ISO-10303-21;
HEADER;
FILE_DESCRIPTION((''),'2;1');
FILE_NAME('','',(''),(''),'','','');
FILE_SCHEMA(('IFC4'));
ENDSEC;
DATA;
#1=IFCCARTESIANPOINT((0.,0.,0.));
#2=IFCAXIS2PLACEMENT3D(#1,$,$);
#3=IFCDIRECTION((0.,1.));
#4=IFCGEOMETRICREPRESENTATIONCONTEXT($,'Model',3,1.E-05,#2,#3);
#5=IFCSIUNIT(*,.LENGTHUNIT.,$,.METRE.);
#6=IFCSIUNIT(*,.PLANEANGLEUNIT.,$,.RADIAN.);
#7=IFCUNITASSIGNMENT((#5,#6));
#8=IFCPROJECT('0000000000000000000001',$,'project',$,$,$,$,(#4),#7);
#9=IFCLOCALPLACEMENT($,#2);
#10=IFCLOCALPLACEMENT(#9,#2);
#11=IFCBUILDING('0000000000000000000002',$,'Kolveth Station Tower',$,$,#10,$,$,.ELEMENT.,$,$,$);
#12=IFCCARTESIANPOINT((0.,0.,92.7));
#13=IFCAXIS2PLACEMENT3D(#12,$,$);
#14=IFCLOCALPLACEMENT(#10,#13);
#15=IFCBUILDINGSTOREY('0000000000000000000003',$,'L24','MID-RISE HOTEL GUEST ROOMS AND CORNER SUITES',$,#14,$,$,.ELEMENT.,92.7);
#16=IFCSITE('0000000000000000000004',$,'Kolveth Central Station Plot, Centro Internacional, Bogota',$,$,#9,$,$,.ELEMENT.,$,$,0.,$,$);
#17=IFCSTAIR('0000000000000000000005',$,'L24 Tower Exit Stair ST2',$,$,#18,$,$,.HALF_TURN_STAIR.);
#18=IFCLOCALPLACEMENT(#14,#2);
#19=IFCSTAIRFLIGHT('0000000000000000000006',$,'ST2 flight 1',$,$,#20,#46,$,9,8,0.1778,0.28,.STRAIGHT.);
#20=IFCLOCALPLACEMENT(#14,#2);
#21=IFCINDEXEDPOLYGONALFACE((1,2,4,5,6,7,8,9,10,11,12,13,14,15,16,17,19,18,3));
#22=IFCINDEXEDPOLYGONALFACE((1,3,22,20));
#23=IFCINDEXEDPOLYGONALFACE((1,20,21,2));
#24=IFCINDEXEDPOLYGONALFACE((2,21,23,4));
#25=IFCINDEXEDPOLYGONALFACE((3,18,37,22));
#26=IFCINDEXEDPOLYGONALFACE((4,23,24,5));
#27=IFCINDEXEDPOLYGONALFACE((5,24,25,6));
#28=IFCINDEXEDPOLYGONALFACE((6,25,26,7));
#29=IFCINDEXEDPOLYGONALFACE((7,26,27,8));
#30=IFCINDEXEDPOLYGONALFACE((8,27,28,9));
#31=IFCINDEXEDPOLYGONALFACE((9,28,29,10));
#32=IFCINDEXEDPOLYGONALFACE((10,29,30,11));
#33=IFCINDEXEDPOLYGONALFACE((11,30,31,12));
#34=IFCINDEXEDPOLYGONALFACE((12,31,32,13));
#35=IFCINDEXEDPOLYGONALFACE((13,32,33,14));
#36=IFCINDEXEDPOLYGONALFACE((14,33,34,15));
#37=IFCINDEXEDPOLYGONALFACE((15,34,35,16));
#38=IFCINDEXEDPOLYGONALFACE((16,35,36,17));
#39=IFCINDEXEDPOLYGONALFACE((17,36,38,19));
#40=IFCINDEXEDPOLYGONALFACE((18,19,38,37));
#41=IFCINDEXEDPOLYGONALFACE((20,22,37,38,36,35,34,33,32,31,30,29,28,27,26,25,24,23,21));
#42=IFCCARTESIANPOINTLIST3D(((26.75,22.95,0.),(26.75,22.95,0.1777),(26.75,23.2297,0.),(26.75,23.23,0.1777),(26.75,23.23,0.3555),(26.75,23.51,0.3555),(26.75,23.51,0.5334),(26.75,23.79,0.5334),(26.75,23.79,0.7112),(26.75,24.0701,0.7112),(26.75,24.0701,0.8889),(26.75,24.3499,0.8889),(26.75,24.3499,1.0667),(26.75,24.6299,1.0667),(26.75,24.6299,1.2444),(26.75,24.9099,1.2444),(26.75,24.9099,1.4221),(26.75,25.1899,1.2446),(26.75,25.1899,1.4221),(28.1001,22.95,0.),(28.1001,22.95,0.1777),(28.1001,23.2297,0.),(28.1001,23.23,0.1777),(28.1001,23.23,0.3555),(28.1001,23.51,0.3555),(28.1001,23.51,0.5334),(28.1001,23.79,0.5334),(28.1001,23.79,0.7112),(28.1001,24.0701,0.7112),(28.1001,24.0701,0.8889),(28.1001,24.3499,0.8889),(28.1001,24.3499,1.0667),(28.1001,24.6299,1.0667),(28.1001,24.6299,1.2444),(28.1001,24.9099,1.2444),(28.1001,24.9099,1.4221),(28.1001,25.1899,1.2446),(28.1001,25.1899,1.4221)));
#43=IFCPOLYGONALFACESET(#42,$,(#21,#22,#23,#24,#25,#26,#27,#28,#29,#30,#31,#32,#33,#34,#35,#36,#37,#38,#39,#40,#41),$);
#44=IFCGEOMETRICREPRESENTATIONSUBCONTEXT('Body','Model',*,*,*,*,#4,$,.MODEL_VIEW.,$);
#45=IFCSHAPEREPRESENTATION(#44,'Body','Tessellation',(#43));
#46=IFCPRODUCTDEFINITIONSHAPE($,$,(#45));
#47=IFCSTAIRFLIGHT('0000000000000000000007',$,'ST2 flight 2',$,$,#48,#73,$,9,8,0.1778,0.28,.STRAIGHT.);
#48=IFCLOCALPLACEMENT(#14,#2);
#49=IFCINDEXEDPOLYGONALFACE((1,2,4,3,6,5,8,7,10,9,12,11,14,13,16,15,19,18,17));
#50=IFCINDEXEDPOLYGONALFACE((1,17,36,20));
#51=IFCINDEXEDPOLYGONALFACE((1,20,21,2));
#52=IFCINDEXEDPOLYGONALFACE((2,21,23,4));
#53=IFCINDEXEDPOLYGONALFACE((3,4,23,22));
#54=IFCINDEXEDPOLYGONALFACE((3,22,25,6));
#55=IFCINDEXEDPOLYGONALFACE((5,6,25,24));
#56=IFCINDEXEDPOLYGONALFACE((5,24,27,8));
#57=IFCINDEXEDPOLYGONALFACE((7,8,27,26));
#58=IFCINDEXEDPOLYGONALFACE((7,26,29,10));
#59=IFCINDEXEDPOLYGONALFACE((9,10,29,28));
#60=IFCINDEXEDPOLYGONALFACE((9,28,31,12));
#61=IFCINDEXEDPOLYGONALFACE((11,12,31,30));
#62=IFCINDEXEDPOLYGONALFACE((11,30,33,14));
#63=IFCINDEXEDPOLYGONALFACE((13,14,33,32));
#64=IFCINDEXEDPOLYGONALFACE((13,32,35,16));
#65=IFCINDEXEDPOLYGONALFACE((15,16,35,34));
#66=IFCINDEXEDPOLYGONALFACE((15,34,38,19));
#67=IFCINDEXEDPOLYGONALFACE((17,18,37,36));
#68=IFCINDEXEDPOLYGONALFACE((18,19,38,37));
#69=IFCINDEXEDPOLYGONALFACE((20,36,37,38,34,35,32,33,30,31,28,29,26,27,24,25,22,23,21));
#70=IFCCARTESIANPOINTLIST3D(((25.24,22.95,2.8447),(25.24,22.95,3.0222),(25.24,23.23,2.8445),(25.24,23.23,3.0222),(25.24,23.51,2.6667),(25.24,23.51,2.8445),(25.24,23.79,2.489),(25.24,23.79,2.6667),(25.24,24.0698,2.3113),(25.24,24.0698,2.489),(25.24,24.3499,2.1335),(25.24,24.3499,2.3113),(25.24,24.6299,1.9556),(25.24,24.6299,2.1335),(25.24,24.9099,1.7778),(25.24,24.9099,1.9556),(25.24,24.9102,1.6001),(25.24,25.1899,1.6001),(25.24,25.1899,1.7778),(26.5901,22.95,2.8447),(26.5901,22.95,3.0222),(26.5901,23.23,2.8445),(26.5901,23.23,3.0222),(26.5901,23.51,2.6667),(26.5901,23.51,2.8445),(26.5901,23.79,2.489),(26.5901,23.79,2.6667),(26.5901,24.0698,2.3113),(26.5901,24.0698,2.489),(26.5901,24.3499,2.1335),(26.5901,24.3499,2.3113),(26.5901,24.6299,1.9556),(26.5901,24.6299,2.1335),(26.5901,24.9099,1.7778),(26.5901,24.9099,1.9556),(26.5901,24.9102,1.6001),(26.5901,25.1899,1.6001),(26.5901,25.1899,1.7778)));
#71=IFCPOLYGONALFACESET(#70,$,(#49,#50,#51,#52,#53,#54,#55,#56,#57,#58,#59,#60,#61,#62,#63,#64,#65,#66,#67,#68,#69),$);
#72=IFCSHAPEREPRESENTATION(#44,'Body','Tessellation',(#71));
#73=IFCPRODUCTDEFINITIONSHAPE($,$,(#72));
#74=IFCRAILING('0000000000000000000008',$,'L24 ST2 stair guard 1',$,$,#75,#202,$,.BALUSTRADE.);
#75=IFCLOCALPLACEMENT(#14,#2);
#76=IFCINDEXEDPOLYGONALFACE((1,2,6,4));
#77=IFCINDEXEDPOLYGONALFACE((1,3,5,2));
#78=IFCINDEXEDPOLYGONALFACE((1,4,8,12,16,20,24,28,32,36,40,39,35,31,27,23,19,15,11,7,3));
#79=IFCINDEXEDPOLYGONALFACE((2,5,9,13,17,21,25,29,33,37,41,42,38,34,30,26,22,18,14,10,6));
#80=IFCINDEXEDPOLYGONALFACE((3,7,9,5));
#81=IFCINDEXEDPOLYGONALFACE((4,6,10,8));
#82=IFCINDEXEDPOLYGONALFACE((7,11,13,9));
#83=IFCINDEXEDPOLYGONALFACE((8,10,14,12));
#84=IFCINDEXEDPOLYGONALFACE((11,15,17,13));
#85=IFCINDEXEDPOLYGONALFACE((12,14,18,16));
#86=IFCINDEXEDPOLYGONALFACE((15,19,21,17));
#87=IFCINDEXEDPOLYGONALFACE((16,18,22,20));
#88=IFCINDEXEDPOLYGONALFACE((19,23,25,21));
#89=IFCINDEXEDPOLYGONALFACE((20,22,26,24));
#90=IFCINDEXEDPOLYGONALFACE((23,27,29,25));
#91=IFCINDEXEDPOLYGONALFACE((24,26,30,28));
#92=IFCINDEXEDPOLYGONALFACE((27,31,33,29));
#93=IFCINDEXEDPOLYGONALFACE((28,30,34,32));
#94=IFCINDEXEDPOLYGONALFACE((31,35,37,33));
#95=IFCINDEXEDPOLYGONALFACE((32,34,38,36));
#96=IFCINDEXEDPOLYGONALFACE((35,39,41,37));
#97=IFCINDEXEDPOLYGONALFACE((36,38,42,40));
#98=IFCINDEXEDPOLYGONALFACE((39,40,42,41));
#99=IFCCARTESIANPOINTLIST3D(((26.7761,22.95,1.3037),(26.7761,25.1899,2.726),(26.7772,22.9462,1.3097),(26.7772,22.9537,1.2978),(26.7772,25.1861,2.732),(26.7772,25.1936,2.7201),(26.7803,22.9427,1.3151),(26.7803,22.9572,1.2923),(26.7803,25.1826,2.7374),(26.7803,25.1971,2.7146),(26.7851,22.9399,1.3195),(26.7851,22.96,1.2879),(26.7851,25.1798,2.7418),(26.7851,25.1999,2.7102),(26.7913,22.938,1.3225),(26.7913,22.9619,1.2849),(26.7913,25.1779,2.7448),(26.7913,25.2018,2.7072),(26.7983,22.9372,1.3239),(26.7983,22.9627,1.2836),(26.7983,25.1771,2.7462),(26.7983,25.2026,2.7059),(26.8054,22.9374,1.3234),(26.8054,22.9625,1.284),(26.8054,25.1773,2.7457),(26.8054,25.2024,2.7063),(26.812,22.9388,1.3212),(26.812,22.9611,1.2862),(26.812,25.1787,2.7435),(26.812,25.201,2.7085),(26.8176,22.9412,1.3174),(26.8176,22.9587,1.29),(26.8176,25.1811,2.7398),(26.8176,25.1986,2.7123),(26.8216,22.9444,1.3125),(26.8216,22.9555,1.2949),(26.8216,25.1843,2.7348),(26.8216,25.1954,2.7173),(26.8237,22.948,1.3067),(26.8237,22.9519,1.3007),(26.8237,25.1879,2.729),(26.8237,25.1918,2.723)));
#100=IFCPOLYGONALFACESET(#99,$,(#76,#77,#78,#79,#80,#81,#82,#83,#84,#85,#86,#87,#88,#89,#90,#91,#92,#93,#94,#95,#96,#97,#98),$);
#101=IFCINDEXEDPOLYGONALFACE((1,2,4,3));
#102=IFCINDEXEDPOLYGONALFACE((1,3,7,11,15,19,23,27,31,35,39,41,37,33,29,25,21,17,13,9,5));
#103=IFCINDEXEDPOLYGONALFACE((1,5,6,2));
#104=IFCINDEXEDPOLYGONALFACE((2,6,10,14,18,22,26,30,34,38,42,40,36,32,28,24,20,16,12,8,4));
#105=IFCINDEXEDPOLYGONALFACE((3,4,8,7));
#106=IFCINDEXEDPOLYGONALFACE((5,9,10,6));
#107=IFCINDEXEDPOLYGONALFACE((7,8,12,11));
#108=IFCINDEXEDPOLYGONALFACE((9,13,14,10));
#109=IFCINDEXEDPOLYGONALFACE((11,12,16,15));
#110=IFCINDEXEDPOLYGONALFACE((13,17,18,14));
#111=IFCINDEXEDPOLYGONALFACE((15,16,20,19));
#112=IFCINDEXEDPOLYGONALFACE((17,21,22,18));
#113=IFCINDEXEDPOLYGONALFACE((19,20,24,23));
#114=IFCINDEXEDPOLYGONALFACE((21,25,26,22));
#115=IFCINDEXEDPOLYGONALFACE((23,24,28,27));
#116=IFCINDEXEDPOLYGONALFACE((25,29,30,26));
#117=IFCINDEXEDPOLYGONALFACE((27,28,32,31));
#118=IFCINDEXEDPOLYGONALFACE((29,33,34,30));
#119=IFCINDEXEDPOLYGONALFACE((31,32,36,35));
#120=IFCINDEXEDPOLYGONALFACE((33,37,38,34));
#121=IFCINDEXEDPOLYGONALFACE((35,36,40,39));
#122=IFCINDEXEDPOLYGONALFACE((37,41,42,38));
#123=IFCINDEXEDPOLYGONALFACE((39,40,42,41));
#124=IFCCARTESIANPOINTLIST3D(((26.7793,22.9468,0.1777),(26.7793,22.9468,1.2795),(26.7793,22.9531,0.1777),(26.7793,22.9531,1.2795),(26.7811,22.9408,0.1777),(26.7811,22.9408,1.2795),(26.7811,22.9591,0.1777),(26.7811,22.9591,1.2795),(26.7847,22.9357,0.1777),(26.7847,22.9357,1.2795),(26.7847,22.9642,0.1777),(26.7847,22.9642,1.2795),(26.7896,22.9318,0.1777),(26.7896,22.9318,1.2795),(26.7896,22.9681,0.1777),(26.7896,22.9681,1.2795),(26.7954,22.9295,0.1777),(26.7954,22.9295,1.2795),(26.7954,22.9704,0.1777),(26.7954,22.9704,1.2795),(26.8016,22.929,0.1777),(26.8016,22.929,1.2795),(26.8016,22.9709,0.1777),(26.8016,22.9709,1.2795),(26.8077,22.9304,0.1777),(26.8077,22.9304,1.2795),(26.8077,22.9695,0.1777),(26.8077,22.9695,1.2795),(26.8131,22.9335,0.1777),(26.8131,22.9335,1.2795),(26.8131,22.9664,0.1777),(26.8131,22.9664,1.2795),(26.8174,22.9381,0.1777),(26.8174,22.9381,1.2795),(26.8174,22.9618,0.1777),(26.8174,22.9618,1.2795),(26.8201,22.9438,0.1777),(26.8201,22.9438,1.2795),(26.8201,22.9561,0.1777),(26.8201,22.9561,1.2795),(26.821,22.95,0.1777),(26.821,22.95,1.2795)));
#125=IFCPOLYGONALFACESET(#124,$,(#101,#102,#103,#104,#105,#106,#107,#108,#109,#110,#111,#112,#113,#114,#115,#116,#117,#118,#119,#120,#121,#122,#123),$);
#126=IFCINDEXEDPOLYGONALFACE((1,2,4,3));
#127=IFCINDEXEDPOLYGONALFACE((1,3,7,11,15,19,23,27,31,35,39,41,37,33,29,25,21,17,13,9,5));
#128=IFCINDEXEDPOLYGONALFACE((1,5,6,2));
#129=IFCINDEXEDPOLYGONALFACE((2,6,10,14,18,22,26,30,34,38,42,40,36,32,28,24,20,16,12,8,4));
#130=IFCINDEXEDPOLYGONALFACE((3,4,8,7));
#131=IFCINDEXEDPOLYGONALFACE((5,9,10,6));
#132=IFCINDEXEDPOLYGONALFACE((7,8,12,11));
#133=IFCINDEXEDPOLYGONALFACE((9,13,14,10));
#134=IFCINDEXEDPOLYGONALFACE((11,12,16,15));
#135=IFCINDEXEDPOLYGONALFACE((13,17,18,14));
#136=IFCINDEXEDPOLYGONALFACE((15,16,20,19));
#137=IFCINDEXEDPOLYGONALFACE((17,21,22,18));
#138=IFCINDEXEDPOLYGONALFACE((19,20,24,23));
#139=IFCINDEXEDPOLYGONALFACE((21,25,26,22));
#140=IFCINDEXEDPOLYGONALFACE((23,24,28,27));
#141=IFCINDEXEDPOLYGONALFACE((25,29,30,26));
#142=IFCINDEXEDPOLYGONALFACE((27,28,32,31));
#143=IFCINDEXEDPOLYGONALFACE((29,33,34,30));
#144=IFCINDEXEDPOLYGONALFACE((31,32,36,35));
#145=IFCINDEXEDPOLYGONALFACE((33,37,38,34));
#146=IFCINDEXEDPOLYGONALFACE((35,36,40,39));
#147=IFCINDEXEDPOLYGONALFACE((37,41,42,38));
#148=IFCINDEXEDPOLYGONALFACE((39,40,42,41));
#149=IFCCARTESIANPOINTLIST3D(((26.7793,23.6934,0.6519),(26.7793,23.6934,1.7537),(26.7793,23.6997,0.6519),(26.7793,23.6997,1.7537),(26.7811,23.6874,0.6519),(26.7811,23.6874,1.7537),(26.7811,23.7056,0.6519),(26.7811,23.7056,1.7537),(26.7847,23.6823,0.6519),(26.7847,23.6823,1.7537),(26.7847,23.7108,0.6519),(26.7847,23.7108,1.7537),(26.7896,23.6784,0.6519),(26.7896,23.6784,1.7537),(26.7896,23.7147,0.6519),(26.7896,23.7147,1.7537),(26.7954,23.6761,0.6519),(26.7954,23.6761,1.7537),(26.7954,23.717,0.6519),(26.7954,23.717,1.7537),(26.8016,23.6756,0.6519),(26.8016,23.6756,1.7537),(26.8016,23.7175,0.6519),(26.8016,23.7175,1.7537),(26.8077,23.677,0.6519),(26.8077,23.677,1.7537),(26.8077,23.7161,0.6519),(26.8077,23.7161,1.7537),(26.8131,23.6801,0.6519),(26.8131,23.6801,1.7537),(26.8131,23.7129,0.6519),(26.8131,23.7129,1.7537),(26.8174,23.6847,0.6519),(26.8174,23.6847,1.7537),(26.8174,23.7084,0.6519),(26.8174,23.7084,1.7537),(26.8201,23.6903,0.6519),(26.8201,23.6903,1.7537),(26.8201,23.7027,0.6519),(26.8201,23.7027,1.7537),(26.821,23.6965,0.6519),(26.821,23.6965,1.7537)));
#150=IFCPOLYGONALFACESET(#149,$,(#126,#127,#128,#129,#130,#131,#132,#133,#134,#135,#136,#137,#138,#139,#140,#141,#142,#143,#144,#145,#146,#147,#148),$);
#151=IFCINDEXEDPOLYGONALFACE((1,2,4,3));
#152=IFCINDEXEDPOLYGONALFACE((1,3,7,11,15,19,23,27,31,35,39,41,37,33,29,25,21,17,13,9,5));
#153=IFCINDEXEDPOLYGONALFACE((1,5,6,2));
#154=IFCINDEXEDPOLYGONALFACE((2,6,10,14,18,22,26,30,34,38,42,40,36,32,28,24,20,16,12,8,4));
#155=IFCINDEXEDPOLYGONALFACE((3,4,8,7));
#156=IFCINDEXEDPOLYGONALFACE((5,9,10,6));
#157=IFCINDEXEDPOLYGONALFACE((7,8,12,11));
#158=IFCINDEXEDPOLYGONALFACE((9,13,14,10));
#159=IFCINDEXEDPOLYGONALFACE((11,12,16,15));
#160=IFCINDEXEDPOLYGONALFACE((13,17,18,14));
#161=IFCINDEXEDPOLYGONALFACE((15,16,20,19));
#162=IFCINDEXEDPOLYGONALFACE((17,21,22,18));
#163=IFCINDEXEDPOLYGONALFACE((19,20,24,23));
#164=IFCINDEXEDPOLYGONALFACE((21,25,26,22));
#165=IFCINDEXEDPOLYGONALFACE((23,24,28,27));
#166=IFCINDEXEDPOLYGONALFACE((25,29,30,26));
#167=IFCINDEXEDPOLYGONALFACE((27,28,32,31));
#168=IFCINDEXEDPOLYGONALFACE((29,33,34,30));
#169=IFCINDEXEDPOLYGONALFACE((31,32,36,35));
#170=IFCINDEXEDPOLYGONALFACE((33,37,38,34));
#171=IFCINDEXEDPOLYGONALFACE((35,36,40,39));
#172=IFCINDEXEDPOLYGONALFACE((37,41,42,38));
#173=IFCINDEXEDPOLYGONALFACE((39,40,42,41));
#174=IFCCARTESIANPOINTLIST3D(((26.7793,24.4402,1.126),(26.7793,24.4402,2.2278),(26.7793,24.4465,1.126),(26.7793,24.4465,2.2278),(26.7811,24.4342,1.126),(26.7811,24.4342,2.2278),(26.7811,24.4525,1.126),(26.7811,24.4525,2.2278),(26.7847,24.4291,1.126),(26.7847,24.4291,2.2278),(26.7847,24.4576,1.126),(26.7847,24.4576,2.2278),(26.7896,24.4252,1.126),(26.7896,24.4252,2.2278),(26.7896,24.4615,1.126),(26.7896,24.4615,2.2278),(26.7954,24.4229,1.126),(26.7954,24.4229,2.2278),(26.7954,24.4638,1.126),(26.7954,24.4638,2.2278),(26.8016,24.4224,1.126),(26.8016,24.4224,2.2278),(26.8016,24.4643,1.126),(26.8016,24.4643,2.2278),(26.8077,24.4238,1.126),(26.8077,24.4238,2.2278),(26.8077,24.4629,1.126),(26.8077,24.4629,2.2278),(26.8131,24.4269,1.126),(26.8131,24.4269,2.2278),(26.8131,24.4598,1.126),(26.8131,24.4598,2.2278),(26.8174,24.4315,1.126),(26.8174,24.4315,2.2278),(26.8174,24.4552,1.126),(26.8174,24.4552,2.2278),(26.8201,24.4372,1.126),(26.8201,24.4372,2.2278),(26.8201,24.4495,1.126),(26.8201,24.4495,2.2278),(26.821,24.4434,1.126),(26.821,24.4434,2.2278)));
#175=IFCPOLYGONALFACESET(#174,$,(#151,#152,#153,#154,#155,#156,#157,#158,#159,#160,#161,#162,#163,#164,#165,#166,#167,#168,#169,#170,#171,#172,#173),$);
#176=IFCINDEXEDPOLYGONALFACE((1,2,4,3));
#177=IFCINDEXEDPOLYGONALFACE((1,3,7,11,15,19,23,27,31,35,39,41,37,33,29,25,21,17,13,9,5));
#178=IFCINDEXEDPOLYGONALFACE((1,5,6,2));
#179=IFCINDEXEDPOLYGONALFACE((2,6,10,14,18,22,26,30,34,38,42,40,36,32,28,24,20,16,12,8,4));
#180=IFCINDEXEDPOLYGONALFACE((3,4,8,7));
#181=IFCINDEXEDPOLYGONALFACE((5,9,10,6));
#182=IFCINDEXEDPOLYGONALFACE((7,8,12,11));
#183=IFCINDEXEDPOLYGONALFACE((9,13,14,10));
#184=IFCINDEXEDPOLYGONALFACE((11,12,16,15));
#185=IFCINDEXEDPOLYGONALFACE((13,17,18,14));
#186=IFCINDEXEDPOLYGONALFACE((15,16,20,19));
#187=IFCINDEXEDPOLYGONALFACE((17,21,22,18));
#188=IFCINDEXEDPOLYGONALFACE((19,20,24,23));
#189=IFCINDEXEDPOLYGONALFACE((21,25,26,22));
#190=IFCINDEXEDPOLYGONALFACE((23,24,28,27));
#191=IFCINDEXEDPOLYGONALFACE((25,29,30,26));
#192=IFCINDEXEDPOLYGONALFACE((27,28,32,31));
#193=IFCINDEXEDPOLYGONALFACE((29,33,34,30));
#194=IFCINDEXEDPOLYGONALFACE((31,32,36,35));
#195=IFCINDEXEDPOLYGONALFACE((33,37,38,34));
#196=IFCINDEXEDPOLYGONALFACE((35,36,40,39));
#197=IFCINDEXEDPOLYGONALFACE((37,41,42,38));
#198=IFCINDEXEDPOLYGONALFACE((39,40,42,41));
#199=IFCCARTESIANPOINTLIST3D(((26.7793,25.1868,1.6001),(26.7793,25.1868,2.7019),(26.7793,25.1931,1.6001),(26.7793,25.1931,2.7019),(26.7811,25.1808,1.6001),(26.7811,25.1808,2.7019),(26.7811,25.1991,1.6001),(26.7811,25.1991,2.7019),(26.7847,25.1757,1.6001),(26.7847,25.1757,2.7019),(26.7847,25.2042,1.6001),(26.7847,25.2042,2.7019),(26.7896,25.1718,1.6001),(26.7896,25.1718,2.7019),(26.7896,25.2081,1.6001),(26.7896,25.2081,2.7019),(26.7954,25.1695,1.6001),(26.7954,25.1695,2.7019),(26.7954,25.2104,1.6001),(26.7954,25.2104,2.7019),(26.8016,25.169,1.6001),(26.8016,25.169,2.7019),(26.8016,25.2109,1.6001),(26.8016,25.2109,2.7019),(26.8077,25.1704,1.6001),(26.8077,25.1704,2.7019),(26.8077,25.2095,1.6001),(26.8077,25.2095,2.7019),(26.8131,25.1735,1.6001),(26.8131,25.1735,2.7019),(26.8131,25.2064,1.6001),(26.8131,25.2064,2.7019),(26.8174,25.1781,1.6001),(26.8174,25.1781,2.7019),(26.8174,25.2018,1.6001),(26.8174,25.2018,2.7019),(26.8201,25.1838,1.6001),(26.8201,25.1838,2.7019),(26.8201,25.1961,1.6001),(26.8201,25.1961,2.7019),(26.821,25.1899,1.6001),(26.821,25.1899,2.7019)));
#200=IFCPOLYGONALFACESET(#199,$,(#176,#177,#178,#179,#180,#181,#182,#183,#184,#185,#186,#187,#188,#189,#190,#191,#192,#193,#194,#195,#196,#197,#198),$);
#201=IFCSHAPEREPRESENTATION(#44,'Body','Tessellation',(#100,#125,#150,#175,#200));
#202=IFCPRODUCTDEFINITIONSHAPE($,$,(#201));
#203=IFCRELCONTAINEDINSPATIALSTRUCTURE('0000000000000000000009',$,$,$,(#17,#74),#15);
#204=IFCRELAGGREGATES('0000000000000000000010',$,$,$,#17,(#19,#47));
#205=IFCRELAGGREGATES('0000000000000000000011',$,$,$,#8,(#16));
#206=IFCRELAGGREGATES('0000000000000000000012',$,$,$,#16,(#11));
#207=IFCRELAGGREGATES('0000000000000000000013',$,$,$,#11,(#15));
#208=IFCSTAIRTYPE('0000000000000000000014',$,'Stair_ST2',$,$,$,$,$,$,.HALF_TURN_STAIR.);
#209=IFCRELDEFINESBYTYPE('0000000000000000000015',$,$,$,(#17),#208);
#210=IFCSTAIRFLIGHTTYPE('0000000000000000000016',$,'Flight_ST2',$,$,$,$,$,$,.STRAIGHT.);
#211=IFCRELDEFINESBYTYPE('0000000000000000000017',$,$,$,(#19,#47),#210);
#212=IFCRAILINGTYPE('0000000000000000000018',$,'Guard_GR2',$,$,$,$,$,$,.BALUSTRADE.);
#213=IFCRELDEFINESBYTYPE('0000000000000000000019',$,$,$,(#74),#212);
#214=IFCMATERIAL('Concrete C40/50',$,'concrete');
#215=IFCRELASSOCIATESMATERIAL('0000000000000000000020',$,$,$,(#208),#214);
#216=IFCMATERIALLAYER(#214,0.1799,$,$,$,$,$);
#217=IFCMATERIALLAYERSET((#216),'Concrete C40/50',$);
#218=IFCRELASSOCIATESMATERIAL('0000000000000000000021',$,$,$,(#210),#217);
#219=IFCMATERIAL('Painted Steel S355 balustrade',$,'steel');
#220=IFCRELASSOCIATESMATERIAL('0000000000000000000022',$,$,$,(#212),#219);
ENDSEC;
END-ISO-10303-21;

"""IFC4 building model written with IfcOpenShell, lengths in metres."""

from ifc_helpers import new_model, si_unit, direction, frame, origin, origin_2d, place, context, subcontext, project, spatial, polyline, circle, outline, extrude, material, layer, layer_set, type_object, element, aggregate, save


model = new_model("IFC4")

# Units and contexts
model_context = context("Model", 3, precision=1e-05, world=origin(), true_north=direction((0.0, 1.0)))
body_context = subcontext(model_context, "Body", "Model", "MODEL_VIEW")
ifc_project = project(units=[si_unit("LENGTHUNIT", "METRE"), si_unit("PLANEANGLEUNIT", "RADIAN")], contexts=[model_context])

# Site, building, storey
site_placement = place(None, origin())
site = spatial("IfcSite", under=ifc_project, at=site_placement, Name="Kolveth Central Station Plot, Centro Internacional, Bogota", CompositionType="ELEMENT", RefElevation=0.0)
building_placement = place(site_placement, origin())
building = spatial("IfcBuilding", under=site, at=building_placement, Name="Kolveth Station Tower", CompositionType="ELEMENT")
storey_placement = place(building_placement, frame((0.0, 0.0, 92.7)))
storey = spatial("IfcBuildingStorey", under=building, at=storey_placement, Name="L24", Description="MID-RISE HOTEL GUEST ROOMS AND CORNER SUITES", CompositionType="ELEMENT", Elevation=92.7)

# Shared definitions
ifc_material_1 = material(Name="Concrete C40/50", Category="concrete")

# Stair, stair flights
stair_type = type_object("IfcStairType", Name="Stair_ST2", PredefinedType="HALF_TURN_STAIR", material=ifc_material_1)
stair_placement = place(storey_placement, origin())
stair = element("IfcStair", 1, at=stair_placement, inside=storey, type_object=stair_type, Name="L24 Tower Exit Stair ST2", PredefinedType="HALF_TURN_STAIR")
ifc_layer_1 = layer(ifc_material_1, 0.1799)
ifc_layer_set_1 = layer_set([ifc_layer_1], Name="Concrete C40/50")
stair_flight_type = type_object("IfcStairFlightType", Name="Flight_ST2", PredefinedType="STRAIGHT", material=ifc_layer_set_1)
stair_flight_1_placement = place(storey_placement, frame((27.425, 22.95, 0.0), z_axis=(0.0, 0.0, 1.0), x_axis=(0.0, 1.0, 0.0)))
stair_flight_1 = element("IfcStairFlight", 2, at=stair_flight_1_placement, type_object=stair_flight_type, Name="ST2 flight 1", NumberOfRisers=9, NumberOfTreads=8, PredefinedType="STRAIGHT", RiserHeight=0.1778, TreadLength=0.28, context=body_context, shape_type="SweptSolid", body=[
    extrude(outline(polyline([(0.0, 0.0), (0.0, 0.1777), (0.28, 0.1777), (0.28, 0.3555), (0.5601, 0.3555), (0.5601, 0.5334), (0.8401, 0.5334), (0.8401, 0.7112), (1.1201, 0.7112), (1.1201, 0.8889), (1.3999, 0.8889), (1.3999, 1.0667), (1.6799, 1.0667), (1.6799, 1.2444), (1.96, 1.2444), (1.96, 1.4221), (2.24, 1.4221), (2.24, 1.6001), (2.24, 1.2446), (0.2798, 0.0), (0.0, 0.0)])), frame((0.0, 0.675, 0.0), z_axis=(0.0, -1.0, 0.0), x_axis=(1.0, 0.0, 0.0)), (0.0, 0.0, 1.0), 1.3501),
])
stair_flight_2_placement = place(storey_placement, frame((25.915, 25.1899, 1.6001), z_axis=(0.0, 0.0, 1.0), x_axis=(0.0, -1.0, 0.0)))
stair_flight_2 = element("IfcStairFlight", 3, at=stair_flight_2_placement, type_object=stair_flight_type, Name="ST2 flight 2", NumberOfRisers=9, NumberOfTreads=8, PredefinedType="STRAIGHT", RiserHeight=0.1778, TreadLength=0.28, context=body_context, shape_type="SweptSolid", body=[
    extrude(outline(polyline([(0.0, 0.0), (0.0, 0.1777), (0.28, 0.1777), (0.28, 0.3555), (0.5601, 0.3555), (0.5601, 0.5334), (0.8401, 0.5334), (0.8401, 0.7112), (1.1201, 0.7112), (1.1201, 0.8889), (1.3999, 0.8889), (1.3999, 1.0667), (1.6799, 1.0667), (1.6799, 1.2444), (1.96, 1.2444), (1.96, 1.4221), (2.24, 1.4221), (2.24, 1.6001), (2.24, 1.2446), (0.2798, 0.0), (0.0, 0.0)])), frame((0.0, 0.675, 0.0), z_axis=(0.0, -1.0, 0.0), x_axis=(1.0, 0.0, 0.0)), (0.0, 0.0, 1.0), 1.3501),
])
aggregate(stair, [stair_flight_1, stair_flight_2])

# Railing
ifc_material_2 = material(Name="Painted Steel S355 balustrade", Category="steel")
railing_type_1 = type_object("IfcRailingType", Name="Guard_GR2", PredefinedType="BALUSTRADE", material=ifc_material_2)
railing_1_placement = place(storey_placement, frame((26.8, 22.95, 0.1777)))
element("IfcRailing", 4, at=railing_1_placement, inside=storey, type_object=railing_type_1, Name="L24 ST2 stair guard 1", PredefinedType="BALUSTRADE", context=body_context, shape_type="SweptSolid", body=[
    extrude(circle(Radius=0.0239, at=origin_2d()), frame((0.0, 0.0, 1.126), z_axis=(0.0, 0.844188, 0.536048), x_axis=(-1.0, 0.0, 0.0)), (0.0, 0.0, 1.0), 2.6533),
    extrude(circle(Radius=0.021, at=origin_2d()), origin(), (0.0, 0.0, 1.0), 1.1018),
    extrude(circle(Radius=0.021, at=origin_2d()), frame((0.0, 0.7466, 0.4741)), (0.0, 0.0, 1.0), 1.1018),
    extrude(circle(Radius=0.021, at=origin_2d()), frame((0.0, 1.4934, 0.9482)), (0.0, 0.0, 1.0), 1.1018),
    extrude(circle(Radius=0.021, at=origin_2d()), frame((0.0, 2.24, 1.4224)), (0.0, 0.0, 1.0), 1.1018),
])

save(model, "model.ifc")
